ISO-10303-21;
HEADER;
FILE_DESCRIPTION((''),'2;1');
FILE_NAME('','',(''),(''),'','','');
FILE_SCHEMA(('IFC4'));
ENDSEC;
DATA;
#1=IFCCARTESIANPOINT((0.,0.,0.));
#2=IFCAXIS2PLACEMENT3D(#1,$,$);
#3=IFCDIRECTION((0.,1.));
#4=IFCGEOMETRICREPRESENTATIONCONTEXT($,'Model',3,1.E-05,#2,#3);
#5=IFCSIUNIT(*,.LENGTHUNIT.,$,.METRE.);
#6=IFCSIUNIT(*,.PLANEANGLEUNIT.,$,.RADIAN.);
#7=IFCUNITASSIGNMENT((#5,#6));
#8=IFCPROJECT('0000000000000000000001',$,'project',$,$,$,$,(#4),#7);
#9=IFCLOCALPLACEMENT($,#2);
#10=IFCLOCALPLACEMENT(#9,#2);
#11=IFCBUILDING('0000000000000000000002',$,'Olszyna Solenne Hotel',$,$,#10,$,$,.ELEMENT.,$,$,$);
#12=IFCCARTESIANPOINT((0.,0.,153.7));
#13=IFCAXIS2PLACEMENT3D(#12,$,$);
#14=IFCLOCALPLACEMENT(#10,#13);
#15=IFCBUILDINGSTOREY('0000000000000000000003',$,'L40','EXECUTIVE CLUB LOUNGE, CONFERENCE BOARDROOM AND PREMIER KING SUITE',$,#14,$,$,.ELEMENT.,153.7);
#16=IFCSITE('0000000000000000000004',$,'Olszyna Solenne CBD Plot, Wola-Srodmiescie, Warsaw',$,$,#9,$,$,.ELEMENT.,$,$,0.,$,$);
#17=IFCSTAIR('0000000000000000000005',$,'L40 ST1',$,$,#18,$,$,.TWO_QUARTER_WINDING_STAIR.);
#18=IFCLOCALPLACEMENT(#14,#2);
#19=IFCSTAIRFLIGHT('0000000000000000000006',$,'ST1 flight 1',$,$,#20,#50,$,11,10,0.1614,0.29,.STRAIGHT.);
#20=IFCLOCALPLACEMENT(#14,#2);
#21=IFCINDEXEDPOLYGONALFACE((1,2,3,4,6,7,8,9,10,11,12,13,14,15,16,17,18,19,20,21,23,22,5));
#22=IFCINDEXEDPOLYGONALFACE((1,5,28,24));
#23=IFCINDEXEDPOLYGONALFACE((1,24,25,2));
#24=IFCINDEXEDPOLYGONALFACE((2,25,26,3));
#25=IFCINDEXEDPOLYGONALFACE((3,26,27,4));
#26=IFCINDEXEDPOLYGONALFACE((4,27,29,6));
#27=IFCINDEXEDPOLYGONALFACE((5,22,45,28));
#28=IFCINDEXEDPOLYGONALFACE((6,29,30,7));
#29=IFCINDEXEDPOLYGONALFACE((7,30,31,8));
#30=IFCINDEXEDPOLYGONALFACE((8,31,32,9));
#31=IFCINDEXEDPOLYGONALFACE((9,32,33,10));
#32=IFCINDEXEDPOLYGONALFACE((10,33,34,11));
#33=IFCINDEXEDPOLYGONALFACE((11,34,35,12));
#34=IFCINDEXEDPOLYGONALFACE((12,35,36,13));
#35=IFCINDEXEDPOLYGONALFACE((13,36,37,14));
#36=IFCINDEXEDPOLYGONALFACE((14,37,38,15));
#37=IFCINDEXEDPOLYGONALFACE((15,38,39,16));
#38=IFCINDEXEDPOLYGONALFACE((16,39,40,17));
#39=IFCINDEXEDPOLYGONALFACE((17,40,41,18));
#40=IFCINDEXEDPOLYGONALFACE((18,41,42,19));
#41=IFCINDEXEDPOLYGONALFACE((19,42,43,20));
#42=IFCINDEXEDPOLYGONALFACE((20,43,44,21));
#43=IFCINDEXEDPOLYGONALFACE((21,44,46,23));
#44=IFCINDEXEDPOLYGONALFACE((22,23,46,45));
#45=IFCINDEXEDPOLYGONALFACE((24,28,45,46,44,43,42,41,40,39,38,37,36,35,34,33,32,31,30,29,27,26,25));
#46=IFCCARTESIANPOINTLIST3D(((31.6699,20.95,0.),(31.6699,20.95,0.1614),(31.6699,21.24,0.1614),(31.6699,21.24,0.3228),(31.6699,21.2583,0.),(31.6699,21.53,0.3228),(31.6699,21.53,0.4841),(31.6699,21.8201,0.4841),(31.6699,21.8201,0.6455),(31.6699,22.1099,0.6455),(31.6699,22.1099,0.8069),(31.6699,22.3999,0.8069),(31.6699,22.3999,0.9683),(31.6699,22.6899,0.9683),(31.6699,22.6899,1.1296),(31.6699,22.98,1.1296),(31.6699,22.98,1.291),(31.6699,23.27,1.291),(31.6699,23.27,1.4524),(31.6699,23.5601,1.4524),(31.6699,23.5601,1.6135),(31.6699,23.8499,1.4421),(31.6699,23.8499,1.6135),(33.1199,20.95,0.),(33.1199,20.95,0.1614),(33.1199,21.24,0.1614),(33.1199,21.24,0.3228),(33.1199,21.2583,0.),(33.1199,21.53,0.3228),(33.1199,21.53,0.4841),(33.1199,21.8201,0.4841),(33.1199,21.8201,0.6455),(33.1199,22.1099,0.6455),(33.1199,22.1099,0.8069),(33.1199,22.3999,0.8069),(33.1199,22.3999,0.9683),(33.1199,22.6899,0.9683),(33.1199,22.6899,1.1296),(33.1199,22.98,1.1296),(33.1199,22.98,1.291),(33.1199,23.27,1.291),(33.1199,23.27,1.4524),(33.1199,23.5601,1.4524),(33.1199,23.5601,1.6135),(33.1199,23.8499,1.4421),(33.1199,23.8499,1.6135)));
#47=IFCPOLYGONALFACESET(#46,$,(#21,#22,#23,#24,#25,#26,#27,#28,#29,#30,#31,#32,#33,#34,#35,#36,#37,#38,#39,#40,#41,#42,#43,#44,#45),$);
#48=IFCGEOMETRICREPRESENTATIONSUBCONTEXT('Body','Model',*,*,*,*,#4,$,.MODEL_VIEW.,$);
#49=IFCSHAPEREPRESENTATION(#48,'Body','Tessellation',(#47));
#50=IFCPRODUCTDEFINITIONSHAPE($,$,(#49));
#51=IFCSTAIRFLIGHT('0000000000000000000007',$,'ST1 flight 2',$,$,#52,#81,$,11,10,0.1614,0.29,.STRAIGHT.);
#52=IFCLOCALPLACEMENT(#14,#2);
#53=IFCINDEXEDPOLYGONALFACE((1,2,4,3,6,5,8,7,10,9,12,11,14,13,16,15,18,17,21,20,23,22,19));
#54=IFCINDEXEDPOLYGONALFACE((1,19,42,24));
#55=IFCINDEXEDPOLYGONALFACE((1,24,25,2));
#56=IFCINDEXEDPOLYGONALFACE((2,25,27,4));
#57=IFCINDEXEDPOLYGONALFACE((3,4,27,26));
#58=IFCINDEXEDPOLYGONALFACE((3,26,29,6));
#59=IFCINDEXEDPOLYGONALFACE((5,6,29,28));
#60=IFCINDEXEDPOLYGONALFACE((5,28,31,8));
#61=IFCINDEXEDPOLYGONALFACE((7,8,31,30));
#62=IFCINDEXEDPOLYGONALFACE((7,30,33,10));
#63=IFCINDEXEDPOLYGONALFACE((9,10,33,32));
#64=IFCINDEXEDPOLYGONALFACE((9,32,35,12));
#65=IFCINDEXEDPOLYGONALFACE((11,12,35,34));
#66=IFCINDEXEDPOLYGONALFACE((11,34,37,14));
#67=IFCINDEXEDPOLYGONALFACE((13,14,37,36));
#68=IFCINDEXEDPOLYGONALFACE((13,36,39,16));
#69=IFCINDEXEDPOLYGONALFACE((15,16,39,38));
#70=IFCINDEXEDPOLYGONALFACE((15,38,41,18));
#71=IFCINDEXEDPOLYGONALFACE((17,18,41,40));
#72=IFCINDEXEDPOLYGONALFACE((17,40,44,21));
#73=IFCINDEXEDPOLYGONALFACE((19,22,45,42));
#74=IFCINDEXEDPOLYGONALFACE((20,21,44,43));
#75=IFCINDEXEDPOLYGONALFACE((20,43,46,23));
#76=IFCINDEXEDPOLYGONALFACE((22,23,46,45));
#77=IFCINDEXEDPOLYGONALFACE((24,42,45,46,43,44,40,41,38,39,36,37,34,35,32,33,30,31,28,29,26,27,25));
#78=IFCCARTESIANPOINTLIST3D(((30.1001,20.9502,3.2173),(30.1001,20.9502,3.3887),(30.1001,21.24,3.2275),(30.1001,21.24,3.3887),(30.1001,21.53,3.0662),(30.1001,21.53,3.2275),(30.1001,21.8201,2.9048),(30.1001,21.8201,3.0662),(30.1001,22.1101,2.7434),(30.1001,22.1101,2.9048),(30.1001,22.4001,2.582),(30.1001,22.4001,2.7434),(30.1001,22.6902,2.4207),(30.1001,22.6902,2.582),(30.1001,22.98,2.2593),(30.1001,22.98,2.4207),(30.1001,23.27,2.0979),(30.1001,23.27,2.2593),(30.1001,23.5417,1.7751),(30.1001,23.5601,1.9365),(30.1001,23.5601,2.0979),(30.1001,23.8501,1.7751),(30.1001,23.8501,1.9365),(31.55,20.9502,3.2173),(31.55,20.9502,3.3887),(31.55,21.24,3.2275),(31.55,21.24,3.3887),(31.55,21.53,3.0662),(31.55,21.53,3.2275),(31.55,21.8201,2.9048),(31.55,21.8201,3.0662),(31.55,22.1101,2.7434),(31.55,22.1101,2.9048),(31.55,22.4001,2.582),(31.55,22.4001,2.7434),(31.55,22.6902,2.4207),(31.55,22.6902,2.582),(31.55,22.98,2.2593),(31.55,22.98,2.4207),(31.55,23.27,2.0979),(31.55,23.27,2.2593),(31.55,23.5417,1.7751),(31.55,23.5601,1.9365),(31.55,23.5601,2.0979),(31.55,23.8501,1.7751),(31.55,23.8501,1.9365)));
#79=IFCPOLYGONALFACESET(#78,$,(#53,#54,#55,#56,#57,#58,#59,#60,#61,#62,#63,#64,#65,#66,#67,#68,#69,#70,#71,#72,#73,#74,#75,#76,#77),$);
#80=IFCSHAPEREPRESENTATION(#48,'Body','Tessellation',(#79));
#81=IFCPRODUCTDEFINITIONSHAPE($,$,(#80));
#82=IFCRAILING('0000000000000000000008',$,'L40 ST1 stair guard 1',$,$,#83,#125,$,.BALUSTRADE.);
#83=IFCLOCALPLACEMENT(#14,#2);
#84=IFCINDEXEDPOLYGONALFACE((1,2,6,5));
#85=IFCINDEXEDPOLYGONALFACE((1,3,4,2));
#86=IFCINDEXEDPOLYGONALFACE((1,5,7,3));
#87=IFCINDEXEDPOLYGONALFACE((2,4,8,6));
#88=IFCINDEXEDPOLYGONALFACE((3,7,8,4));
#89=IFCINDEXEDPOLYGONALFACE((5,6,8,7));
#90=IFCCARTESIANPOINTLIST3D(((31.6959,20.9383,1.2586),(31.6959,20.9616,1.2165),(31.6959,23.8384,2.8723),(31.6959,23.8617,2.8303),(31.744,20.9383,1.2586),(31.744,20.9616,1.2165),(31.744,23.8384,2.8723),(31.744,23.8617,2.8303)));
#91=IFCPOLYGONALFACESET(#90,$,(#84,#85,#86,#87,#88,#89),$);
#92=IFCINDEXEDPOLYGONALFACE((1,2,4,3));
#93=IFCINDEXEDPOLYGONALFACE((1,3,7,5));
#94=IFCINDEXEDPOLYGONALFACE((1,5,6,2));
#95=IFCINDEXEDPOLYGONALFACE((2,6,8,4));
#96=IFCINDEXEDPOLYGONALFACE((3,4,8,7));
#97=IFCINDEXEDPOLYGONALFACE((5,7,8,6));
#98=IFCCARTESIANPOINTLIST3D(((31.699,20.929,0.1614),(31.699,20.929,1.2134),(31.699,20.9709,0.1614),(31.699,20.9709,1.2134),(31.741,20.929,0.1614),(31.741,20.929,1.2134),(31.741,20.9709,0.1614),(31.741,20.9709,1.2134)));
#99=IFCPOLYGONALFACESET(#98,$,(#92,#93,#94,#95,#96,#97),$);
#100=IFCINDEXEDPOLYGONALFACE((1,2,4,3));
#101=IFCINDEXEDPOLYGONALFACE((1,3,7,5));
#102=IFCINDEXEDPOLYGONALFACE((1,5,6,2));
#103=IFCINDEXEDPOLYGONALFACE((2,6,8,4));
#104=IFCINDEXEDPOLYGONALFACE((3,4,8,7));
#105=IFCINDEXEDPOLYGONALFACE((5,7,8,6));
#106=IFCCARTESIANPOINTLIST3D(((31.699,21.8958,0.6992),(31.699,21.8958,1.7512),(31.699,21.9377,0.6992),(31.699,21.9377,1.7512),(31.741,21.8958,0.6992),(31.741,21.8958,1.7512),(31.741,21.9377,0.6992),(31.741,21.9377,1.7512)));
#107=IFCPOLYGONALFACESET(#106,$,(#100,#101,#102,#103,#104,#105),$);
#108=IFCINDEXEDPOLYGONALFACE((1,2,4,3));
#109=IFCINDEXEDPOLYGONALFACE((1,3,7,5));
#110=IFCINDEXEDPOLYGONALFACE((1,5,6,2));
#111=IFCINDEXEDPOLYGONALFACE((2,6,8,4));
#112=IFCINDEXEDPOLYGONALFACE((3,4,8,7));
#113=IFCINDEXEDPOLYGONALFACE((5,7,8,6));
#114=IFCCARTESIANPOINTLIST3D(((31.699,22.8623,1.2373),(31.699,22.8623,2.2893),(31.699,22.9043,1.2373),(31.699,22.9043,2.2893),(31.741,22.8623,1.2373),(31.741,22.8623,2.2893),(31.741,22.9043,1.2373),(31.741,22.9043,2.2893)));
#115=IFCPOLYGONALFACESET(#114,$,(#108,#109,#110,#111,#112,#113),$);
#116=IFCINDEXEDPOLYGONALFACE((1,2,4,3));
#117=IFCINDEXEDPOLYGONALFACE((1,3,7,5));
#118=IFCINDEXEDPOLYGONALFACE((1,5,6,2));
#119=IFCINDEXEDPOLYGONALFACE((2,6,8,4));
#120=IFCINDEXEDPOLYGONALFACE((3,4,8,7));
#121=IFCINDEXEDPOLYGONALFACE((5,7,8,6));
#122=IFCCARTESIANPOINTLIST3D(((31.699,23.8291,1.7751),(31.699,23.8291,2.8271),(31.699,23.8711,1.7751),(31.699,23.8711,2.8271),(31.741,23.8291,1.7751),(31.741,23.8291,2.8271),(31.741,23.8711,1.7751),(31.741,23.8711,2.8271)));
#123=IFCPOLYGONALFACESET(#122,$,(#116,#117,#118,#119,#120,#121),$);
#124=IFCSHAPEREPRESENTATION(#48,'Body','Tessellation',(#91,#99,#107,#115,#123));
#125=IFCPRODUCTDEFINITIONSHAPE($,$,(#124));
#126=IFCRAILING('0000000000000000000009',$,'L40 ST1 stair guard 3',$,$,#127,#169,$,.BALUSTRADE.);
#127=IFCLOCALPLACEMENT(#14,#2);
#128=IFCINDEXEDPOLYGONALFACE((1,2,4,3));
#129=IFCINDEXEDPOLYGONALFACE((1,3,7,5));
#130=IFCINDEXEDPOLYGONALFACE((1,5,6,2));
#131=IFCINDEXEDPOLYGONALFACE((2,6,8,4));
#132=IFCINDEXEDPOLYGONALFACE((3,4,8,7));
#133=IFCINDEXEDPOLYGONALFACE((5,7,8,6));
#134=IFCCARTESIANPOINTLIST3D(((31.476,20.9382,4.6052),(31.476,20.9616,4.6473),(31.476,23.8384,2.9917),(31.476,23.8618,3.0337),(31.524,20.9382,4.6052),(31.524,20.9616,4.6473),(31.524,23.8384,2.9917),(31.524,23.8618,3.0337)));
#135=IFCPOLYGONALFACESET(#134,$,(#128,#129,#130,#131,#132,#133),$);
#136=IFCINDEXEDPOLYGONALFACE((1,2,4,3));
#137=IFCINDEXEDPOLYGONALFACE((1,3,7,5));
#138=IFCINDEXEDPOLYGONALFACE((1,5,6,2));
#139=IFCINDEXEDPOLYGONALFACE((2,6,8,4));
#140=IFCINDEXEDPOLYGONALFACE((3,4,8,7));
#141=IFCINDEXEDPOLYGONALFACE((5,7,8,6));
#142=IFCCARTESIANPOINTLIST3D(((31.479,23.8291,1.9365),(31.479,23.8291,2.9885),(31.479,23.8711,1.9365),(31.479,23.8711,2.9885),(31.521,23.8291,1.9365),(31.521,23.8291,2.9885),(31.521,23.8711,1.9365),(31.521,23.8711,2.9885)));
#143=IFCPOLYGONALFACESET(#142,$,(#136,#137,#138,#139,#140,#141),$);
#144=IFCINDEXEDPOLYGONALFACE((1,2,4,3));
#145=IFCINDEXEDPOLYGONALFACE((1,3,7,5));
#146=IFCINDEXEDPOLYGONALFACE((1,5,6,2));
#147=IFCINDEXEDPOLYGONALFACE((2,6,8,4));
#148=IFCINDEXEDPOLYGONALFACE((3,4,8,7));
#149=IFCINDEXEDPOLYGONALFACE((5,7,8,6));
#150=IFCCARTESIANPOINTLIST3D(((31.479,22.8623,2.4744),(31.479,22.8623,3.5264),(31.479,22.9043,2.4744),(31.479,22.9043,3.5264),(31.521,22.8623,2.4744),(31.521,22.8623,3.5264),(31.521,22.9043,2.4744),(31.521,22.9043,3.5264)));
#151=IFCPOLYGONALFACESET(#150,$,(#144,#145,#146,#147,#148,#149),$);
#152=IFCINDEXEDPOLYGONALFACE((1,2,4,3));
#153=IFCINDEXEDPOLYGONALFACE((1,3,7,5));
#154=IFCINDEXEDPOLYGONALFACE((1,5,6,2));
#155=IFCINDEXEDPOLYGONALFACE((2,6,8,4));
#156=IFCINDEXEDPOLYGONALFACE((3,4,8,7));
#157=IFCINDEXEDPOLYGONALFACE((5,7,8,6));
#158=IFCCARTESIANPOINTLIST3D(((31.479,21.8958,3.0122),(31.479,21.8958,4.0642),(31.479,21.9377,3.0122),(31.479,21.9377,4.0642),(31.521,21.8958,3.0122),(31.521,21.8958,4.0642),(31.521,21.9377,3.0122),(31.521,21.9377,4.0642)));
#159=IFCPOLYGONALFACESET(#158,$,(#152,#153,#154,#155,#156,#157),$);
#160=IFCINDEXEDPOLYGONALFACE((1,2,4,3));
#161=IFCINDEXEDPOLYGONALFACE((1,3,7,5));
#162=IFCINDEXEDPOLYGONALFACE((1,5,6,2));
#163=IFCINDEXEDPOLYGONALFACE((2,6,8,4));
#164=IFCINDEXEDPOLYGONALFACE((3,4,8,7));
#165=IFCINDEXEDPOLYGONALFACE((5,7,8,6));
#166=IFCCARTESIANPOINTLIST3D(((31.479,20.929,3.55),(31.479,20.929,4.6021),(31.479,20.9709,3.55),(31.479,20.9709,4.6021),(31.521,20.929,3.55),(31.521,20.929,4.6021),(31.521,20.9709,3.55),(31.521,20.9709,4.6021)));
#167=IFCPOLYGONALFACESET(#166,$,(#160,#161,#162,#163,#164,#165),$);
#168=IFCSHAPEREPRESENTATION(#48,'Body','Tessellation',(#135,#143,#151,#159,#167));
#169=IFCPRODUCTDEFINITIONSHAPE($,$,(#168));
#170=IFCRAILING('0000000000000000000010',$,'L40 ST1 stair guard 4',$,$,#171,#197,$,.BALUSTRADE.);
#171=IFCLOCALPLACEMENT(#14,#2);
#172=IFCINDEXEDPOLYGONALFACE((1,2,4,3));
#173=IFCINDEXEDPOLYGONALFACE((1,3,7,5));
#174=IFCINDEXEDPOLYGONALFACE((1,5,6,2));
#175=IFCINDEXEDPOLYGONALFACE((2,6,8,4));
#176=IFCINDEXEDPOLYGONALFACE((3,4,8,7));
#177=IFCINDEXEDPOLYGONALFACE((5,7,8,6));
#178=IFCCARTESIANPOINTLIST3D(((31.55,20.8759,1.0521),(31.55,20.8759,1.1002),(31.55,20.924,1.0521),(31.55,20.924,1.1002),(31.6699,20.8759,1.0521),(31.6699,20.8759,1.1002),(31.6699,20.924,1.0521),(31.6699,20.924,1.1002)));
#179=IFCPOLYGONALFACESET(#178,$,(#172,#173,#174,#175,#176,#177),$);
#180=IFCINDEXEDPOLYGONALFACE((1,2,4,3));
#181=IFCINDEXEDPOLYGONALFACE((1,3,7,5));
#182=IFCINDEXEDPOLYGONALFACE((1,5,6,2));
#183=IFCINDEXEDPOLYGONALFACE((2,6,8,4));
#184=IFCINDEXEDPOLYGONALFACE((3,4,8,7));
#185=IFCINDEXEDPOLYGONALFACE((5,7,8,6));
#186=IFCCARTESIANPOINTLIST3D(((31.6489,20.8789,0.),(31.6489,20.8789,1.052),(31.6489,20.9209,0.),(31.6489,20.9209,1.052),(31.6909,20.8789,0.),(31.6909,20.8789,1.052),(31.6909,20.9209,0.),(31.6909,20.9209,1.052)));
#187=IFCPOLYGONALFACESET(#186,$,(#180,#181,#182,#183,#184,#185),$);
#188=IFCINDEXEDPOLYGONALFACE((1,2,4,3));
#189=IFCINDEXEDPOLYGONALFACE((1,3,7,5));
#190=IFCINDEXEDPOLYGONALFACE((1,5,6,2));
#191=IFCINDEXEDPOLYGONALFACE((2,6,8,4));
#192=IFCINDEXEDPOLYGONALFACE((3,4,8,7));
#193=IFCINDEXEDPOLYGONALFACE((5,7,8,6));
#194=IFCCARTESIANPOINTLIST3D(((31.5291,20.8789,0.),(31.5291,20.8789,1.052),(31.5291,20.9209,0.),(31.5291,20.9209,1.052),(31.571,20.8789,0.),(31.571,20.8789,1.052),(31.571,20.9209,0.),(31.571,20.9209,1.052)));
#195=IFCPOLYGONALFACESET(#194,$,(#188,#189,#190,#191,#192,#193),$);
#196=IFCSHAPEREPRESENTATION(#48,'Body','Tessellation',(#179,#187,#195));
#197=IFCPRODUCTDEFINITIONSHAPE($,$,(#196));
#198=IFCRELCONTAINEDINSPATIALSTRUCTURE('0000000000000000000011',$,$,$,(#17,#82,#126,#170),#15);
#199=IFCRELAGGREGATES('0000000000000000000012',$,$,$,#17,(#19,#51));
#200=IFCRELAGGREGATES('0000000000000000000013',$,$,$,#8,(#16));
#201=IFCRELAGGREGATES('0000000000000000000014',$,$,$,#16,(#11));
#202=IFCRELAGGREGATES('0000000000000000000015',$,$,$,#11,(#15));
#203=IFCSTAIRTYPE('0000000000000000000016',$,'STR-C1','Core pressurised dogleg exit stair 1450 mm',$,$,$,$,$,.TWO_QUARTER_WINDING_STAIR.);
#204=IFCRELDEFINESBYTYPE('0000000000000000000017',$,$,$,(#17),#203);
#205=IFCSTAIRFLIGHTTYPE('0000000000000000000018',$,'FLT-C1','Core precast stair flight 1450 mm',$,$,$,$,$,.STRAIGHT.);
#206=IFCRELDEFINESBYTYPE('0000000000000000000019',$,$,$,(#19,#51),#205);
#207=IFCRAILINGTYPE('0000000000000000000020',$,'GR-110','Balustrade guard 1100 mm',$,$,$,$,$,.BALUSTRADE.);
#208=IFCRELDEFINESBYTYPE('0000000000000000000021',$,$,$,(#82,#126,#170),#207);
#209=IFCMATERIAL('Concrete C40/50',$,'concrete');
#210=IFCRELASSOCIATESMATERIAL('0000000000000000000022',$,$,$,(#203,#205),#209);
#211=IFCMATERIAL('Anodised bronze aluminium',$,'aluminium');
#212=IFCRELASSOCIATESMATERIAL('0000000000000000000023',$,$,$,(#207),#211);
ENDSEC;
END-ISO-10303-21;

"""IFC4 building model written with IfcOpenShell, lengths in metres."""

from ifc_helpers import new_model, si_unit, direction, frame, origin, origin_2d, place, context, subcontext, project, spatial, polyline, rectangle, outline, extrude, material, type_object, element, aggregate, save


model = new_model("IFC4")

# Units and contexts
model_context = context("Model", 3, precision=1e-05, world=origin(), true_north=direction((0.0, 1.0)))
body_context = subcontext(model_context, "Body", "Model", "MODEL_VIEW")
ifc_project = project(units=[si_unit("LENGTHUNIT", "METRE"), si_unit("PLANEANGLEUNIT", "RADIAN")], contexts=[model_context])

# Site, building, storey
site_placement = place(None, origin())
site = spatial("IfcSite", under=ifc_project, at=site_placement, Name="Olszyna Solenne CBD Plot, Wola-Srodmiescie, Warsaw", CompositionType="ELEMENT", RefElevation=0.0)
building_placement = place(site_placement, origin())
building = spatial("IfcBuilding", under=site, at=building_placement, Name="Olszyna Solenne Hotel", CompositionType="ELEMENT")
storey_placement = place(building_placement, frame((0.0, 0.0, 153.7)))
storey = spatial("IfcBuildingStorey", under=building, at=storey_placement, Name="L40", Description="EXECUTIVE CLUB LOUNGE, CONFERENCE BOARDROOM AND PREMIER KING SUITE", CompositionType="ELEMENT", Elevation=153.7)

# Shared definitions
ifc_material_1 = material(Name="Anodised bronze aluminium", Category="aluminium")

# Stair, stair flights
ifc_material_2 = material(Name="Concrete C40/50", Category="concrete")
stair_type = type_object("IfcStairType", Name="STR-C1", Description="Core pressurised dogleg exit stair 1450 mm", PredefinedType="TWO_QUARTER_WINDING_STAIR", material=ifc_material_2)
stair_placement = place(storey_placement, origin())
stair = element("IfcStair", 1, at=stair_placement, inside=storey, type_object=stair_type, Name="L40 ST1", PredefinedType="TWO_QUARTER_WINDING_STAIR")
stair_flight_type = type_object("IfcStairFlightType", Name="FLT-C1", Description="Core precast stair flight 1450 mm", PredefinedType="STRAIGHT", material=ifc_material_2)
stair_flight_1_placement = place(storey_placement, frame((32.395, 20.95, 0.0), z_axis=(0.0, 0.0, 1.0), x_axis=(0.0, 1.0, 0.0)))
stair_flight_1 = element("IfcStairFlight", 2, at=stair_flight_1_placement, type_object=stair_flight_type, Name="ST1 flight 1", NumberOfRisers=11, NumberOfTreads=10, PredefinedType="STRAIGHT", RiserHeight=0.1614, TreadLength=0.29, context=body_context, shape_type="SweptSolid", body=[
    extrude(outline(polyline([(0.0, 0.0), (0.0, 0.1614), (0.29, 0.1614), (0.29, 0.3228), (0.5801, 0.3228), (0.5801, 0.4841), (0.8701, 0.4841), (0.8701, 0.6455), (1.1599, 0.6455), (1.1599, 0.8069), (1.45, 0.8069), (1.45, 0.9683), (1.74, 0.9683), (1.74, 1.1296), (2.03, 1.1296), (2.03, 1.291), (2.3201, 1.291), (2.3201, 1.4524), (2.6101, 1.4524), (2.6101, 1.6135), (2.8999, 1.6135), (2.8999, 1.7749), (2.8999, 1.4421), (0.3083, 0.0), (0.0, 0.0)])), frame((0.0, 0.7251, 0.0), z_axis=(0.0, -1.0, 0.0), x_axis=(1.0, 0.0, 0.0)), (0.0, 0.0, 1.0), 1.45),
])
stair_flight_2_placement = place(storey_placement, frame((30.825, 23.8501, 1.7751), z_axis=(0.0, 0.0, 1.0), x_axis=(0.0, -1.0, 0.0)))
stair_flight_2 = element("IfcStairFlight", 3, at=stair_flight_2_placement, type_object=stair_flight_type, Name="ST1 flight 2", NumberOfRisers=11, NumberOfTreads=10, PredefinedType="STRAIGHT", RiserHeight=0.1614, TreadLength=0.29, context=body_context, shape_type="SweptSolid", body=[
    extrude(outline(polyline([(0.0, 0.0), (0.0, 0.1614), (0.29, 0.1614), (0.29, 0.3228), (0.5801, 0.3228), (0.5801, 0.4841), (0.8701, 0.4841), (0.8701, 0.6455), (1.1599, 0.6455), (1.1599, 0.8069), (1.45, 0.8069), (1.45, 0.9683), (1.74, 0.9683), (1.74, 1.1296), (2.03, 1.1296), (2.03, 1.291), (2.3201, 1.291), (2.3201, 1.4524), (2.6101, 1.4524), (2.6101, 1.6135), (2.8999, 1.6135), (2.8999, 1.7749), (2.8999, 1.4421), (0.3083, 0.0), (0.0, 0.0)])), frame((0.0, 0.7251, 0.0), z_axis=(0.0, -1.0, 0.0), x_axis=(1.0, 0.0, 0.0)), (0.0, 0.0, 1.0), 1.45),
])
aggregate(stair, [stair_flight_1, stair_flight_2])

# Railings
railing_type_1 = type_object("IfcRailingType", Name="GR-110", Description="Balustrade guard 1100 mm", PredefinedType="BALUSTRADE", material=ifc_material_1)
railing_1_placement = place(storey_placement, frame((31.72, 20.95, 0.1614)))
element("IfcRailing", 4, at=railing_1_placement, inside=storey, type_object=railing_type_1, Name="L40 ST1 stair guard 1", PredefinedType="BALUSTRADE", context=body_context, shape_type="SweptSolid", body=[
    extrude(rectangle(XDim=0.0481, YDim=0.0481, at=origin_2d()), frame((0.0, 0.0, 1.0762), z_axis=(0.0, 0.873827, 0.486236), x_axis=(-1.0, 0.0, 0.0)), (0.0, 0.0, 1.0), 3.3188),
    extrude(rectangle(XDim=0.042, YDim=0.042, at=origin_2d()), origin(), (0.0, 0.0, 1.0), 1.052),
    extrude(rectangle(XDim=0.042, YDim=0.042, at=origin_2d()), frame((0.0, 0.9668, 0.5378)), (0.0, 0.0, 1.0), 1.052),
    extrude(rectangle(XDim=0.042, YDim=0.042, at=origin_2d()), frame((0.0, 1.9333, 1.0759)), (0.0, 0.0, 1.0), 1.052),
    extrude(rectangle(XDim=0.042, YDim=0.042, at=origin_2d()), frame((0.0, 2.9001, 1.6138)), (0.0, 0.0, 1.0), 1.052),
])
railing_2_placement = place(storey_placement, frame((31.5, 23.8501, 1.9365)))
element("IfcRailing", 5, at=railing_2_placement, inside=storey, type_object=railing_type_1, Name="L40 ST1 stair guard 3", PredefinedType="BALUSTRADE", context=body_context, shape_type="SweptSolid", body=[
    extrude(rectangle(XDim=0.0481, YDim=0.0481, at=origin_2d()), frame((0.0, 0.0, 1.0762), z_axis=(0.0, -0.873859, 0.48618), x_axis=(1.0, 0.0, 0.0)), (0.0, 0.0, 1.0), 3.3188),
    extrude(rectangle(XDim=0.042, YDim=0.042, at=origin_2d()), origin(), (0.0, 0.0, 1.0), 1.052),
    extrude(rectangle(XDim=0.042, YDim=0.042, at=origin_2d()), frame((0.0, -0.9668, 0.5378)), (0.0, 0.0, 1.0), 1.052),
    extrude(rectangle(XDim=0.042, YDim=0.042, at=origin_2d()), frame((0.0, -1.9333, 1.0757)), (0.0, 0.0, 1.0), 1.052),
    extrude(rectangle(XDim=0.042, YDim=0.042, at=origin_2d()), frame((0.0, -2.9001, 1.6135)), (0.0, 0.0, 1.0), 1.052),
])
railing_3_placement = place(storey_placement, frame((31.6699, 20.8999, 0.0)))
element("IfcRailing", 6, at=railing_3_placement, inside=storey, type_object=railing_type_1, Name="L40 ST1 stair guard 4", PredefinedType="BALUSTRADE", context=body_context, shape_type="SweptSolid", body=[
    extrude(rectangle(XDim=0.0481, YDim=0.0481, at=origin_2d()), frame((0.0, 0.0, 1.0762), z_axis=(-1.0, 0.0, 0.0), x_axis=(0.0, -1.0, 0.0)), (0.0, 0.0, 1.0), 0.1199),
    extrude(rectangle(XDim=0.042, YDim=0.042, at=origin_2d()), origin(), (0.0, 0.0, 1.0), 1.052),
    extrude(rectangle(XDim=0.042, YDim=0.042, at=origin_2d()), frame((-0.1199, 0.0, 0.0)), (0.0, 0.0, 1.0), 1.052),
])

save(model, "model.ifc")
